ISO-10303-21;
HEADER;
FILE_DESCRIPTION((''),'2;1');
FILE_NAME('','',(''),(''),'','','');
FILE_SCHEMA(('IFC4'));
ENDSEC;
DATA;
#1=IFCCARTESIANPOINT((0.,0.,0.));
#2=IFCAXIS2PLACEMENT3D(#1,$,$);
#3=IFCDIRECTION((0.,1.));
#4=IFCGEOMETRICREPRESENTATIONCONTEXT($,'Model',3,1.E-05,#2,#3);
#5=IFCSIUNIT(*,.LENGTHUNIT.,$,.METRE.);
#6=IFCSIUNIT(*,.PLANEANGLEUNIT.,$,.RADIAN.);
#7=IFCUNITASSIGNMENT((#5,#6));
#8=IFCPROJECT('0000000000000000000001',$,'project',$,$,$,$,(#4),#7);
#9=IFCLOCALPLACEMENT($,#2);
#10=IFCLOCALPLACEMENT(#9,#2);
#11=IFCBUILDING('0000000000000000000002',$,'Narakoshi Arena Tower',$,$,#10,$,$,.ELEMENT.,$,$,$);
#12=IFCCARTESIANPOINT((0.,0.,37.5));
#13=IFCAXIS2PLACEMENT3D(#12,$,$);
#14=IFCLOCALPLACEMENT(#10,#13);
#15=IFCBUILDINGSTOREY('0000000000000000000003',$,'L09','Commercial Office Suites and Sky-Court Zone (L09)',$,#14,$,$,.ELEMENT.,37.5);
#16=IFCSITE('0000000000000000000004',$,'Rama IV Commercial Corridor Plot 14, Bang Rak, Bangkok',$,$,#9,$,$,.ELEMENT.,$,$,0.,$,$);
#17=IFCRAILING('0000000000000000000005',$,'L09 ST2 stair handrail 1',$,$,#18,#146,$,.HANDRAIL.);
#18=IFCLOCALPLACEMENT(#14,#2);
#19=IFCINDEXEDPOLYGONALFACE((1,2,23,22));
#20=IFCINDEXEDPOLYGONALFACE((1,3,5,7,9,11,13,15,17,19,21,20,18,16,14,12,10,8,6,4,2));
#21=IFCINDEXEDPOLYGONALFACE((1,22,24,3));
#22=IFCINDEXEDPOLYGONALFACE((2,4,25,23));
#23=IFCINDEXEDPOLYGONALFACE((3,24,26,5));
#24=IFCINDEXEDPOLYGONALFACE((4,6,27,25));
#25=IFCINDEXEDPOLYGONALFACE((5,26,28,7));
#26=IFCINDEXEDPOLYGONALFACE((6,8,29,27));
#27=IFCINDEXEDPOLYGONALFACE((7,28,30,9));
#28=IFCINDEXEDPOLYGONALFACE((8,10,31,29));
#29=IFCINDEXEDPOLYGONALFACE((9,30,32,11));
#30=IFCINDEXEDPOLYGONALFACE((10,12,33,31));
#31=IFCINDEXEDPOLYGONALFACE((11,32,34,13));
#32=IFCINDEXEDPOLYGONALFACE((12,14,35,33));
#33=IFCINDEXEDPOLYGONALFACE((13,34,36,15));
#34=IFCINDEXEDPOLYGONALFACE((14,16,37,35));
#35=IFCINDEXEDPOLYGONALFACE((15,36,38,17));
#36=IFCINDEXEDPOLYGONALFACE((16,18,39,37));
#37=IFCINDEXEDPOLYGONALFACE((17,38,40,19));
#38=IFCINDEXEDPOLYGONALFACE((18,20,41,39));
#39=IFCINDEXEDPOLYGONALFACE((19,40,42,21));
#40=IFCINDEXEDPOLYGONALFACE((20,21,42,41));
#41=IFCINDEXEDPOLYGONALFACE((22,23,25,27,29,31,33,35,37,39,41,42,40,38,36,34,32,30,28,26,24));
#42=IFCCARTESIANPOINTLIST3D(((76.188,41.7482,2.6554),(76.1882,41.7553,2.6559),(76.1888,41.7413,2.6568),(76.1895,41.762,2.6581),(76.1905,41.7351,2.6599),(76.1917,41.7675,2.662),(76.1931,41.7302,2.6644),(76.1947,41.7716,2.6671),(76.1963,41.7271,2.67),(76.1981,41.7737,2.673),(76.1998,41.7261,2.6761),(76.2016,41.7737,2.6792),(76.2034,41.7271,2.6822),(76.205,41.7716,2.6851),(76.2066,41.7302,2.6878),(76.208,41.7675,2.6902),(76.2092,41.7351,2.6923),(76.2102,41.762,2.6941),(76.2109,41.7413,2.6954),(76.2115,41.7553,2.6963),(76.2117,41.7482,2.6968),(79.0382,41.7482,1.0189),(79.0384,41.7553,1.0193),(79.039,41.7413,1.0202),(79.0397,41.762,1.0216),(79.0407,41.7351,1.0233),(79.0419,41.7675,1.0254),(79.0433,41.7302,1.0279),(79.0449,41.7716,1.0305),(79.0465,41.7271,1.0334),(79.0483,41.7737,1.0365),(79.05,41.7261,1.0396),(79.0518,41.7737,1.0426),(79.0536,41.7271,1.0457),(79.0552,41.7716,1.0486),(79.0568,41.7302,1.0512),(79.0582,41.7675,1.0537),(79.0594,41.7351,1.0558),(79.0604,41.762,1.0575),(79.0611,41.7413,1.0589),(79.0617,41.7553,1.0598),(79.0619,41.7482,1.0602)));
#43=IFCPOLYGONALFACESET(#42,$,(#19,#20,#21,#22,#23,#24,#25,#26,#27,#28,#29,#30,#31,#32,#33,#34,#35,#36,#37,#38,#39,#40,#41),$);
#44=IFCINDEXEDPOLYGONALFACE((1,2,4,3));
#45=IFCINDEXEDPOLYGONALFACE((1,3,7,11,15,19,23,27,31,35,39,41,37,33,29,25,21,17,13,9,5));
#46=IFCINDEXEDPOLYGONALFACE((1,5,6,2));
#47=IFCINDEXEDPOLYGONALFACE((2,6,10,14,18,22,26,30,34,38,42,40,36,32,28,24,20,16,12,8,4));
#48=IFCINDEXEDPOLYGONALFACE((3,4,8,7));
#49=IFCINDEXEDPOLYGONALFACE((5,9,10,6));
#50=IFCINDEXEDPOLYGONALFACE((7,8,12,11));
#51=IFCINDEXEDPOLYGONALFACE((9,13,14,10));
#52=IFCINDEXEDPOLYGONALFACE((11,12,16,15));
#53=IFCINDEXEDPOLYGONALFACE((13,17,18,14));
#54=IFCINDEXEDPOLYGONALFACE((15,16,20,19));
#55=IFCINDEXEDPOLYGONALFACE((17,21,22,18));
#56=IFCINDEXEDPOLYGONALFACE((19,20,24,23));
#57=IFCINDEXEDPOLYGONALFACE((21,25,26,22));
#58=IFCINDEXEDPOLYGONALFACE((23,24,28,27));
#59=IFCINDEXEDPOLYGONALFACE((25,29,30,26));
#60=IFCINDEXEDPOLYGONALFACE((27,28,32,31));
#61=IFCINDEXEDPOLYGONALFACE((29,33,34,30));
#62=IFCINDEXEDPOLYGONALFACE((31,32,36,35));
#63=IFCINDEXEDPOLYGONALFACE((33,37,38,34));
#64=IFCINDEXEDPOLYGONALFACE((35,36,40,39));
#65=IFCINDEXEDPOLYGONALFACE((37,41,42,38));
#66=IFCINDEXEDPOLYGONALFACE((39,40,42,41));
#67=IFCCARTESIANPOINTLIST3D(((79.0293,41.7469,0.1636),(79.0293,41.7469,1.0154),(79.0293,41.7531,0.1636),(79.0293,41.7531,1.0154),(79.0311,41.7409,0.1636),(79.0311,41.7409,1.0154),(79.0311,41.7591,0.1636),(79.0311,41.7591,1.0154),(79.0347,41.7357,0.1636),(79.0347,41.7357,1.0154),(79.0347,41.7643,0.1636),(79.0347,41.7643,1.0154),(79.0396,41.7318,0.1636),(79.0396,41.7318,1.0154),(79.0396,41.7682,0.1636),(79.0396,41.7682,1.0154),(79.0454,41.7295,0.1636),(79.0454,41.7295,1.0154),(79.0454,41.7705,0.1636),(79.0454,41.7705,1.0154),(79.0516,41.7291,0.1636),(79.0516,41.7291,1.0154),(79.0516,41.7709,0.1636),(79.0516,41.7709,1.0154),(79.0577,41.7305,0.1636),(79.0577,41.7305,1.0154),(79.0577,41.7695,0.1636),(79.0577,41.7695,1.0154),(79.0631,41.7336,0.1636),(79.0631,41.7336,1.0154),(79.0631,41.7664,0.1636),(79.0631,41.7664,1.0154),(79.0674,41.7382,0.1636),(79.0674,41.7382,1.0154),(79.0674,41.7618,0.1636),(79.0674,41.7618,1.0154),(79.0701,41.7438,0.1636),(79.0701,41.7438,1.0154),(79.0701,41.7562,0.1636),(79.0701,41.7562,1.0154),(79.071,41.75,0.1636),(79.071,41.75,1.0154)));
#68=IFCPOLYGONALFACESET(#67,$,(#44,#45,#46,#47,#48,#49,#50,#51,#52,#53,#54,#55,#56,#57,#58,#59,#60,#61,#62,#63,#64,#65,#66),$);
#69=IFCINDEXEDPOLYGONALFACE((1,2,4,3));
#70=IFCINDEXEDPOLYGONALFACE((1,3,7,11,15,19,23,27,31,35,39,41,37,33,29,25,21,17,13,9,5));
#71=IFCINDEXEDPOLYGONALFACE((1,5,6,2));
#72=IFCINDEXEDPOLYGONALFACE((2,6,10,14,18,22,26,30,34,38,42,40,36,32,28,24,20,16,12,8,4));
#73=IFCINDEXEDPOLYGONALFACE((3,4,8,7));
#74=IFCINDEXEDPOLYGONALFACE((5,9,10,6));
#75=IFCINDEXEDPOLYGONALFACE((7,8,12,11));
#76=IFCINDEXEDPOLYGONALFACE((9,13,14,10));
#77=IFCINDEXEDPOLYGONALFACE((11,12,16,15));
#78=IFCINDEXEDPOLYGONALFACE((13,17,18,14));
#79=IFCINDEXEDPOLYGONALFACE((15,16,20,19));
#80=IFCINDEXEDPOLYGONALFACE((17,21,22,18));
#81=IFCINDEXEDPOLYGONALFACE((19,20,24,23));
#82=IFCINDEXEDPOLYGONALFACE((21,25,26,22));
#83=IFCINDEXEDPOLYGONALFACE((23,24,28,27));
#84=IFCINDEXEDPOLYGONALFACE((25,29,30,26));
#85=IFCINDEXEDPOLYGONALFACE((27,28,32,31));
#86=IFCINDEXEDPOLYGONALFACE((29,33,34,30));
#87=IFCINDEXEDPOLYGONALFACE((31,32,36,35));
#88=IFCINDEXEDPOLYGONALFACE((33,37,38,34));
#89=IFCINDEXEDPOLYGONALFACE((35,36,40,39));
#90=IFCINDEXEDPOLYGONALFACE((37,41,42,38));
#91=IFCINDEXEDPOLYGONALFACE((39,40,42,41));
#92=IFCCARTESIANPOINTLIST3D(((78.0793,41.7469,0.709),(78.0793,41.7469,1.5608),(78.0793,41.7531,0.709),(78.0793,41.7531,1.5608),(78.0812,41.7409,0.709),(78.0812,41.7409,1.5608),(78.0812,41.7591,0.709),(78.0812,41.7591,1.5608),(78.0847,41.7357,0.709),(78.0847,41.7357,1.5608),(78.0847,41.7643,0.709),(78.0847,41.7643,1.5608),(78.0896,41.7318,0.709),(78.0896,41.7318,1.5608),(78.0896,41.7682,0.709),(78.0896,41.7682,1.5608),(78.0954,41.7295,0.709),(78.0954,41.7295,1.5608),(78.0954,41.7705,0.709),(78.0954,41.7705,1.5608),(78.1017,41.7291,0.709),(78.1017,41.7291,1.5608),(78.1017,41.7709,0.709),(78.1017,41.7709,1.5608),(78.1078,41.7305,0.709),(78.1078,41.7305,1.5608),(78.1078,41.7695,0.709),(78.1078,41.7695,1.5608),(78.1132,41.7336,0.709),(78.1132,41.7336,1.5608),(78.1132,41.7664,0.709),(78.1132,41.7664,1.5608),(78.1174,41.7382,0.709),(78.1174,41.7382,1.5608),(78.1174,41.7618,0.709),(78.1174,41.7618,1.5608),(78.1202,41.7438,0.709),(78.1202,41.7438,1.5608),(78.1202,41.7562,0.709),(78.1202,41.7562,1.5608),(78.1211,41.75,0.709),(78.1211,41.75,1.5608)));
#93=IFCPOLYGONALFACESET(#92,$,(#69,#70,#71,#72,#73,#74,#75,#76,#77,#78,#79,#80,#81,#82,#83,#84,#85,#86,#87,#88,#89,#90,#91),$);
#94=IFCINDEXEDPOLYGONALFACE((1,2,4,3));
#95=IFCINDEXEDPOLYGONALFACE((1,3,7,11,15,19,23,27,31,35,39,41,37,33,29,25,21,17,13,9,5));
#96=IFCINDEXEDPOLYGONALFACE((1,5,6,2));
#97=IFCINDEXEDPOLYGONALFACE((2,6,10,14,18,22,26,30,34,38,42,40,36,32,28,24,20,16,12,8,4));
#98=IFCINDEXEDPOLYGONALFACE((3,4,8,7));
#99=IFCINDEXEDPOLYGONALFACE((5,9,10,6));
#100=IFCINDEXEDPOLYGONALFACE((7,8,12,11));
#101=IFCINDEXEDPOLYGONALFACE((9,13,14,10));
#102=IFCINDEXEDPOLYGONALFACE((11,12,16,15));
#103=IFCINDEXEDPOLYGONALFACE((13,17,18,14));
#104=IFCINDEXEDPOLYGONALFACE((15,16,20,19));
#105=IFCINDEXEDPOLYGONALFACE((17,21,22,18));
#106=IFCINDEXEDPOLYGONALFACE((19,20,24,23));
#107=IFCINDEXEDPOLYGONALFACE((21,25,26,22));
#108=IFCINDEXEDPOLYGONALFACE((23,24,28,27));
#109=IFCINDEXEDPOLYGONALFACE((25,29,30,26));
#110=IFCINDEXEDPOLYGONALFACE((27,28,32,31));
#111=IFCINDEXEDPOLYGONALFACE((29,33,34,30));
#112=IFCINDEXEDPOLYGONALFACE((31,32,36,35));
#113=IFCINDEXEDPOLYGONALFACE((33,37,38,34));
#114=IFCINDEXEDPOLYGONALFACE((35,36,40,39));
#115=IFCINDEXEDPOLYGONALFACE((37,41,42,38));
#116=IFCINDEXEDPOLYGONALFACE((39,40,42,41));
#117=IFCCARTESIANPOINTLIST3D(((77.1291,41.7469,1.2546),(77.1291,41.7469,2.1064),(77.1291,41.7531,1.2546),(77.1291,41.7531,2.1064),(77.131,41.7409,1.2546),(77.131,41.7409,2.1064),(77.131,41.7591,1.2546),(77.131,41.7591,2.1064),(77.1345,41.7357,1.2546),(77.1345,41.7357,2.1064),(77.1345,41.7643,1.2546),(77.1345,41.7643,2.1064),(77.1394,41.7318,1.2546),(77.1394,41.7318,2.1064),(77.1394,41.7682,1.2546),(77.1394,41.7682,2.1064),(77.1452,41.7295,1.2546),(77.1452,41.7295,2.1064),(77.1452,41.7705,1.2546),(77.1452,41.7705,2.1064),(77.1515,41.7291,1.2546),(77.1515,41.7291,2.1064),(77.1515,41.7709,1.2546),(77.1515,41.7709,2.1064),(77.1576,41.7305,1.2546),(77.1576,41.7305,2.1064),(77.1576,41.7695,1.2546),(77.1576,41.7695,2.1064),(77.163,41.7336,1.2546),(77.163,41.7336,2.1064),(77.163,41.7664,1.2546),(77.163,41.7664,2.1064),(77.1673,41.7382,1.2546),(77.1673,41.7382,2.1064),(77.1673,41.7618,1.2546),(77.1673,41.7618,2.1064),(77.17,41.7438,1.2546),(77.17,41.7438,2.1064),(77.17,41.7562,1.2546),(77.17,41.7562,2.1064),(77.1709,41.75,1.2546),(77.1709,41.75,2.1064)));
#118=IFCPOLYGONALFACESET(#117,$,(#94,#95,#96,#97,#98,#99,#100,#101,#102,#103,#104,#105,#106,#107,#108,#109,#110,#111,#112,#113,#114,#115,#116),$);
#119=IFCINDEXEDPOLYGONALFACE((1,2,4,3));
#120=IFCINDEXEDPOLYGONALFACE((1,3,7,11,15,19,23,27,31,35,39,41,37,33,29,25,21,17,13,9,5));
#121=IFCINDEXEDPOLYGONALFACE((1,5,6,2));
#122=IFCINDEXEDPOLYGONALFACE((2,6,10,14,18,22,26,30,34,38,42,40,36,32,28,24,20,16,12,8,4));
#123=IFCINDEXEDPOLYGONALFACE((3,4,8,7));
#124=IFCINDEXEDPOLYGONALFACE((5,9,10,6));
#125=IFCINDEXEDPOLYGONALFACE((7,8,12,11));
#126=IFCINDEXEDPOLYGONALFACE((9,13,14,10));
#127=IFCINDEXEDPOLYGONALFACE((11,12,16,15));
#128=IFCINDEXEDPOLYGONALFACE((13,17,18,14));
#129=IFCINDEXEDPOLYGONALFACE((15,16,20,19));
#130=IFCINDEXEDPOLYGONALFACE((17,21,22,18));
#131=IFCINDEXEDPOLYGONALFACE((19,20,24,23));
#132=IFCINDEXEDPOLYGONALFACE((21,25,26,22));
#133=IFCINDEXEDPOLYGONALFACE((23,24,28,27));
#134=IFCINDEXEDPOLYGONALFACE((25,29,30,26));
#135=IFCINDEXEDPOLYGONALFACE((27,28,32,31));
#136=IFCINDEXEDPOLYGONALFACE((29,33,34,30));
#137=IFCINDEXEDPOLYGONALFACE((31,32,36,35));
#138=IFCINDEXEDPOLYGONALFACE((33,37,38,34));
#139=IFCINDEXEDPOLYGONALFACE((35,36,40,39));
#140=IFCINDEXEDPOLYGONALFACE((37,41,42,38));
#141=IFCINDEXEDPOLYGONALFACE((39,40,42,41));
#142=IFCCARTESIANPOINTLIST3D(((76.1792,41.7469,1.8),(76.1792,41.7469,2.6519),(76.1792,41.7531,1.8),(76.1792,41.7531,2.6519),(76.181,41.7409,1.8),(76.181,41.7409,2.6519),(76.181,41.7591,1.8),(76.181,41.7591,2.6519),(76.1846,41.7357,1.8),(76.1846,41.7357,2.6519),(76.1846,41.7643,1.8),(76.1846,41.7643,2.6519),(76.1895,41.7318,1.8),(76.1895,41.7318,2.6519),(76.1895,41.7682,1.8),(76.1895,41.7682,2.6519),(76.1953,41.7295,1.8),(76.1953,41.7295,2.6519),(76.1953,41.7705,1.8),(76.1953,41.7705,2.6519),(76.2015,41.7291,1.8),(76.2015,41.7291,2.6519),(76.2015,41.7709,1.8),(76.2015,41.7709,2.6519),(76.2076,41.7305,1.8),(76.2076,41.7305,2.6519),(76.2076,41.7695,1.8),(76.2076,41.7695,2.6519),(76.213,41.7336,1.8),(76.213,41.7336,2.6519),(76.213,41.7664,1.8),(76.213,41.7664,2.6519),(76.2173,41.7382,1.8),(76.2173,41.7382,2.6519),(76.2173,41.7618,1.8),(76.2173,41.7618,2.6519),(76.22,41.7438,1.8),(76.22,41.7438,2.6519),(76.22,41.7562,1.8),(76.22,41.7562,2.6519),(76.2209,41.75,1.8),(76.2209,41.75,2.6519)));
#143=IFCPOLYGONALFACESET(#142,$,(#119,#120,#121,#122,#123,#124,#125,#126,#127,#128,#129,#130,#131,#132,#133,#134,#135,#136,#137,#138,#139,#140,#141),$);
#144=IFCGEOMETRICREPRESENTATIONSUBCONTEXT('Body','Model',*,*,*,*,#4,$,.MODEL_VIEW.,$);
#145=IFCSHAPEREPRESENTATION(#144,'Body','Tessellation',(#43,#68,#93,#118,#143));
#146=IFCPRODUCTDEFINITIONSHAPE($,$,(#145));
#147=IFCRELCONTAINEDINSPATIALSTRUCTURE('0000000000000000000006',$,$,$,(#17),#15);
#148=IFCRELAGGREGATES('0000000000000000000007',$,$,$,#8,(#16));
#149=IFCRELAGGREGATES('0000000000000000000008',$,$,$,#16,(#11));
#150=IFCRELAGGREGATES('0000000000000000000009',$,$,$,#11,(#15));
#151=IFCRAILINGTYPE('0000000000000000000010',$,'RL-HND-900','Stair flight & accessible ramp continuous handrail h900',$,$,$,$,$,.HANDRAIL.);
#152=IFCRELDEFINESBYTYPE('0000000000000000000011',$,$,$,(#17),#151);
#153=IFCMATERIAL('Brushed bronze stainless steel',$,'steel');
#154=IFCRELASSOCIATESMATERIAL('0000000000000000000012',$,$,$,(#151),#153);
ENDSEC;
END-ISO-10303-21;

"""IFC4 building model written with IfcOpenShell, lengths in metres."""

from ifc_helpers import new_model, si_unit, direction, frame, origin, origin_2d, place, context, subcontext, project, spatial, circle, extrude, material, type_object, element, save


model = new_model("IFC4")

# Units and contexts
model_context = context("Model", 3, precision=1e-05, world=origin(), true_north=direction((0.0, 1.0)))
body_context = subcontext(model_context, "Body", "Model", "MODEL_VIEW")
ifc_project = project(units=[si_unit("LENGTHUNIT", "METRE"), si_unit("PLANEANGLEUNIT", "RADIAN")], contexts=[model_context])

# Site, building, storey
site_placement = place(None, origin())
site = spatial("IfcSite", under=ifc_project, at=site_placement, Name="Rama IV Commercial Corridor Plot 14, Bang Rak, Bangkok", CompositionType="ELEMENT", RefElevation=0.0)
building_placement = place(site_placement, origin())
building = spatial("IfcBuilding", under=site, at=building_placement, Name="Narakoshi Arena Tower", CompositionType="ELEMENT")
storey_placement = place(building_placement, frame((0.0, 0.0, 37.5)))
storey = spatial("IfcBuildingStorey", under=building, at=storey_placement, Name="L09", Description="Commercial Office Suites and Sky-Court Zone (L09)", CompositionType="ELEMENT", Elevation=37.5)

# Shared definitions
ifc_material_1 = material(Name="Brushed bronze stainless steel", Category="steel")

# Railing
railing_type_1 = type_object("IfcRailingType", Name="RL-HND-900", Description="Stair flight & accessible ramp continuous handrail h900", PredefinedType="HANDRAIL", material=ifc_material_1)
for number, where, name in (
    (1, (79.05, 41.75, 0.1636), "L09 ST2 stair handrail 1"),
):
    element("IfcRailing", number, at=place(storey_placement, frame(where)), inside=storey, type_object=railing_type_1, Name=name, PredefinedType="HANDRAIL", context=body_context, shape_type="SweptSolid", body=[
        extrude(circle(Radius=0.0239, at=origin_2d()), frame((0.0, 0.0, 0.876), z_axis=(-0.867213, 0.0, 0.497938), x_axis=(0.0, -1.0, 0.0)), (0.0, 0.0, 1.0), 3.2866),
        extrude(circle(Radius=0.021, at=origin_2d()), origin(), (0.0, 0.0, 1.0), 0.8518),
        extrude(circle(Radius=0.021, at=origin_2d()), frame((-0.95, 0.0, 0.5454)), (0.0, 0.0, 1.0), 0.8518),
        extrude(circle(Radius=0.021, at=origin_2d()), frame((-1.9001, 0.0, 1.0911)), (0.0, 0.0, 1.0), 0.8518),
        extrude(circle(Radius=0.021, at=origin_2d()), frame((-2.8501, 0.0, 1.6365)), (0.0, 0.0, 1.0), 0.8518),
    ])

save(model, "model.ifc")
